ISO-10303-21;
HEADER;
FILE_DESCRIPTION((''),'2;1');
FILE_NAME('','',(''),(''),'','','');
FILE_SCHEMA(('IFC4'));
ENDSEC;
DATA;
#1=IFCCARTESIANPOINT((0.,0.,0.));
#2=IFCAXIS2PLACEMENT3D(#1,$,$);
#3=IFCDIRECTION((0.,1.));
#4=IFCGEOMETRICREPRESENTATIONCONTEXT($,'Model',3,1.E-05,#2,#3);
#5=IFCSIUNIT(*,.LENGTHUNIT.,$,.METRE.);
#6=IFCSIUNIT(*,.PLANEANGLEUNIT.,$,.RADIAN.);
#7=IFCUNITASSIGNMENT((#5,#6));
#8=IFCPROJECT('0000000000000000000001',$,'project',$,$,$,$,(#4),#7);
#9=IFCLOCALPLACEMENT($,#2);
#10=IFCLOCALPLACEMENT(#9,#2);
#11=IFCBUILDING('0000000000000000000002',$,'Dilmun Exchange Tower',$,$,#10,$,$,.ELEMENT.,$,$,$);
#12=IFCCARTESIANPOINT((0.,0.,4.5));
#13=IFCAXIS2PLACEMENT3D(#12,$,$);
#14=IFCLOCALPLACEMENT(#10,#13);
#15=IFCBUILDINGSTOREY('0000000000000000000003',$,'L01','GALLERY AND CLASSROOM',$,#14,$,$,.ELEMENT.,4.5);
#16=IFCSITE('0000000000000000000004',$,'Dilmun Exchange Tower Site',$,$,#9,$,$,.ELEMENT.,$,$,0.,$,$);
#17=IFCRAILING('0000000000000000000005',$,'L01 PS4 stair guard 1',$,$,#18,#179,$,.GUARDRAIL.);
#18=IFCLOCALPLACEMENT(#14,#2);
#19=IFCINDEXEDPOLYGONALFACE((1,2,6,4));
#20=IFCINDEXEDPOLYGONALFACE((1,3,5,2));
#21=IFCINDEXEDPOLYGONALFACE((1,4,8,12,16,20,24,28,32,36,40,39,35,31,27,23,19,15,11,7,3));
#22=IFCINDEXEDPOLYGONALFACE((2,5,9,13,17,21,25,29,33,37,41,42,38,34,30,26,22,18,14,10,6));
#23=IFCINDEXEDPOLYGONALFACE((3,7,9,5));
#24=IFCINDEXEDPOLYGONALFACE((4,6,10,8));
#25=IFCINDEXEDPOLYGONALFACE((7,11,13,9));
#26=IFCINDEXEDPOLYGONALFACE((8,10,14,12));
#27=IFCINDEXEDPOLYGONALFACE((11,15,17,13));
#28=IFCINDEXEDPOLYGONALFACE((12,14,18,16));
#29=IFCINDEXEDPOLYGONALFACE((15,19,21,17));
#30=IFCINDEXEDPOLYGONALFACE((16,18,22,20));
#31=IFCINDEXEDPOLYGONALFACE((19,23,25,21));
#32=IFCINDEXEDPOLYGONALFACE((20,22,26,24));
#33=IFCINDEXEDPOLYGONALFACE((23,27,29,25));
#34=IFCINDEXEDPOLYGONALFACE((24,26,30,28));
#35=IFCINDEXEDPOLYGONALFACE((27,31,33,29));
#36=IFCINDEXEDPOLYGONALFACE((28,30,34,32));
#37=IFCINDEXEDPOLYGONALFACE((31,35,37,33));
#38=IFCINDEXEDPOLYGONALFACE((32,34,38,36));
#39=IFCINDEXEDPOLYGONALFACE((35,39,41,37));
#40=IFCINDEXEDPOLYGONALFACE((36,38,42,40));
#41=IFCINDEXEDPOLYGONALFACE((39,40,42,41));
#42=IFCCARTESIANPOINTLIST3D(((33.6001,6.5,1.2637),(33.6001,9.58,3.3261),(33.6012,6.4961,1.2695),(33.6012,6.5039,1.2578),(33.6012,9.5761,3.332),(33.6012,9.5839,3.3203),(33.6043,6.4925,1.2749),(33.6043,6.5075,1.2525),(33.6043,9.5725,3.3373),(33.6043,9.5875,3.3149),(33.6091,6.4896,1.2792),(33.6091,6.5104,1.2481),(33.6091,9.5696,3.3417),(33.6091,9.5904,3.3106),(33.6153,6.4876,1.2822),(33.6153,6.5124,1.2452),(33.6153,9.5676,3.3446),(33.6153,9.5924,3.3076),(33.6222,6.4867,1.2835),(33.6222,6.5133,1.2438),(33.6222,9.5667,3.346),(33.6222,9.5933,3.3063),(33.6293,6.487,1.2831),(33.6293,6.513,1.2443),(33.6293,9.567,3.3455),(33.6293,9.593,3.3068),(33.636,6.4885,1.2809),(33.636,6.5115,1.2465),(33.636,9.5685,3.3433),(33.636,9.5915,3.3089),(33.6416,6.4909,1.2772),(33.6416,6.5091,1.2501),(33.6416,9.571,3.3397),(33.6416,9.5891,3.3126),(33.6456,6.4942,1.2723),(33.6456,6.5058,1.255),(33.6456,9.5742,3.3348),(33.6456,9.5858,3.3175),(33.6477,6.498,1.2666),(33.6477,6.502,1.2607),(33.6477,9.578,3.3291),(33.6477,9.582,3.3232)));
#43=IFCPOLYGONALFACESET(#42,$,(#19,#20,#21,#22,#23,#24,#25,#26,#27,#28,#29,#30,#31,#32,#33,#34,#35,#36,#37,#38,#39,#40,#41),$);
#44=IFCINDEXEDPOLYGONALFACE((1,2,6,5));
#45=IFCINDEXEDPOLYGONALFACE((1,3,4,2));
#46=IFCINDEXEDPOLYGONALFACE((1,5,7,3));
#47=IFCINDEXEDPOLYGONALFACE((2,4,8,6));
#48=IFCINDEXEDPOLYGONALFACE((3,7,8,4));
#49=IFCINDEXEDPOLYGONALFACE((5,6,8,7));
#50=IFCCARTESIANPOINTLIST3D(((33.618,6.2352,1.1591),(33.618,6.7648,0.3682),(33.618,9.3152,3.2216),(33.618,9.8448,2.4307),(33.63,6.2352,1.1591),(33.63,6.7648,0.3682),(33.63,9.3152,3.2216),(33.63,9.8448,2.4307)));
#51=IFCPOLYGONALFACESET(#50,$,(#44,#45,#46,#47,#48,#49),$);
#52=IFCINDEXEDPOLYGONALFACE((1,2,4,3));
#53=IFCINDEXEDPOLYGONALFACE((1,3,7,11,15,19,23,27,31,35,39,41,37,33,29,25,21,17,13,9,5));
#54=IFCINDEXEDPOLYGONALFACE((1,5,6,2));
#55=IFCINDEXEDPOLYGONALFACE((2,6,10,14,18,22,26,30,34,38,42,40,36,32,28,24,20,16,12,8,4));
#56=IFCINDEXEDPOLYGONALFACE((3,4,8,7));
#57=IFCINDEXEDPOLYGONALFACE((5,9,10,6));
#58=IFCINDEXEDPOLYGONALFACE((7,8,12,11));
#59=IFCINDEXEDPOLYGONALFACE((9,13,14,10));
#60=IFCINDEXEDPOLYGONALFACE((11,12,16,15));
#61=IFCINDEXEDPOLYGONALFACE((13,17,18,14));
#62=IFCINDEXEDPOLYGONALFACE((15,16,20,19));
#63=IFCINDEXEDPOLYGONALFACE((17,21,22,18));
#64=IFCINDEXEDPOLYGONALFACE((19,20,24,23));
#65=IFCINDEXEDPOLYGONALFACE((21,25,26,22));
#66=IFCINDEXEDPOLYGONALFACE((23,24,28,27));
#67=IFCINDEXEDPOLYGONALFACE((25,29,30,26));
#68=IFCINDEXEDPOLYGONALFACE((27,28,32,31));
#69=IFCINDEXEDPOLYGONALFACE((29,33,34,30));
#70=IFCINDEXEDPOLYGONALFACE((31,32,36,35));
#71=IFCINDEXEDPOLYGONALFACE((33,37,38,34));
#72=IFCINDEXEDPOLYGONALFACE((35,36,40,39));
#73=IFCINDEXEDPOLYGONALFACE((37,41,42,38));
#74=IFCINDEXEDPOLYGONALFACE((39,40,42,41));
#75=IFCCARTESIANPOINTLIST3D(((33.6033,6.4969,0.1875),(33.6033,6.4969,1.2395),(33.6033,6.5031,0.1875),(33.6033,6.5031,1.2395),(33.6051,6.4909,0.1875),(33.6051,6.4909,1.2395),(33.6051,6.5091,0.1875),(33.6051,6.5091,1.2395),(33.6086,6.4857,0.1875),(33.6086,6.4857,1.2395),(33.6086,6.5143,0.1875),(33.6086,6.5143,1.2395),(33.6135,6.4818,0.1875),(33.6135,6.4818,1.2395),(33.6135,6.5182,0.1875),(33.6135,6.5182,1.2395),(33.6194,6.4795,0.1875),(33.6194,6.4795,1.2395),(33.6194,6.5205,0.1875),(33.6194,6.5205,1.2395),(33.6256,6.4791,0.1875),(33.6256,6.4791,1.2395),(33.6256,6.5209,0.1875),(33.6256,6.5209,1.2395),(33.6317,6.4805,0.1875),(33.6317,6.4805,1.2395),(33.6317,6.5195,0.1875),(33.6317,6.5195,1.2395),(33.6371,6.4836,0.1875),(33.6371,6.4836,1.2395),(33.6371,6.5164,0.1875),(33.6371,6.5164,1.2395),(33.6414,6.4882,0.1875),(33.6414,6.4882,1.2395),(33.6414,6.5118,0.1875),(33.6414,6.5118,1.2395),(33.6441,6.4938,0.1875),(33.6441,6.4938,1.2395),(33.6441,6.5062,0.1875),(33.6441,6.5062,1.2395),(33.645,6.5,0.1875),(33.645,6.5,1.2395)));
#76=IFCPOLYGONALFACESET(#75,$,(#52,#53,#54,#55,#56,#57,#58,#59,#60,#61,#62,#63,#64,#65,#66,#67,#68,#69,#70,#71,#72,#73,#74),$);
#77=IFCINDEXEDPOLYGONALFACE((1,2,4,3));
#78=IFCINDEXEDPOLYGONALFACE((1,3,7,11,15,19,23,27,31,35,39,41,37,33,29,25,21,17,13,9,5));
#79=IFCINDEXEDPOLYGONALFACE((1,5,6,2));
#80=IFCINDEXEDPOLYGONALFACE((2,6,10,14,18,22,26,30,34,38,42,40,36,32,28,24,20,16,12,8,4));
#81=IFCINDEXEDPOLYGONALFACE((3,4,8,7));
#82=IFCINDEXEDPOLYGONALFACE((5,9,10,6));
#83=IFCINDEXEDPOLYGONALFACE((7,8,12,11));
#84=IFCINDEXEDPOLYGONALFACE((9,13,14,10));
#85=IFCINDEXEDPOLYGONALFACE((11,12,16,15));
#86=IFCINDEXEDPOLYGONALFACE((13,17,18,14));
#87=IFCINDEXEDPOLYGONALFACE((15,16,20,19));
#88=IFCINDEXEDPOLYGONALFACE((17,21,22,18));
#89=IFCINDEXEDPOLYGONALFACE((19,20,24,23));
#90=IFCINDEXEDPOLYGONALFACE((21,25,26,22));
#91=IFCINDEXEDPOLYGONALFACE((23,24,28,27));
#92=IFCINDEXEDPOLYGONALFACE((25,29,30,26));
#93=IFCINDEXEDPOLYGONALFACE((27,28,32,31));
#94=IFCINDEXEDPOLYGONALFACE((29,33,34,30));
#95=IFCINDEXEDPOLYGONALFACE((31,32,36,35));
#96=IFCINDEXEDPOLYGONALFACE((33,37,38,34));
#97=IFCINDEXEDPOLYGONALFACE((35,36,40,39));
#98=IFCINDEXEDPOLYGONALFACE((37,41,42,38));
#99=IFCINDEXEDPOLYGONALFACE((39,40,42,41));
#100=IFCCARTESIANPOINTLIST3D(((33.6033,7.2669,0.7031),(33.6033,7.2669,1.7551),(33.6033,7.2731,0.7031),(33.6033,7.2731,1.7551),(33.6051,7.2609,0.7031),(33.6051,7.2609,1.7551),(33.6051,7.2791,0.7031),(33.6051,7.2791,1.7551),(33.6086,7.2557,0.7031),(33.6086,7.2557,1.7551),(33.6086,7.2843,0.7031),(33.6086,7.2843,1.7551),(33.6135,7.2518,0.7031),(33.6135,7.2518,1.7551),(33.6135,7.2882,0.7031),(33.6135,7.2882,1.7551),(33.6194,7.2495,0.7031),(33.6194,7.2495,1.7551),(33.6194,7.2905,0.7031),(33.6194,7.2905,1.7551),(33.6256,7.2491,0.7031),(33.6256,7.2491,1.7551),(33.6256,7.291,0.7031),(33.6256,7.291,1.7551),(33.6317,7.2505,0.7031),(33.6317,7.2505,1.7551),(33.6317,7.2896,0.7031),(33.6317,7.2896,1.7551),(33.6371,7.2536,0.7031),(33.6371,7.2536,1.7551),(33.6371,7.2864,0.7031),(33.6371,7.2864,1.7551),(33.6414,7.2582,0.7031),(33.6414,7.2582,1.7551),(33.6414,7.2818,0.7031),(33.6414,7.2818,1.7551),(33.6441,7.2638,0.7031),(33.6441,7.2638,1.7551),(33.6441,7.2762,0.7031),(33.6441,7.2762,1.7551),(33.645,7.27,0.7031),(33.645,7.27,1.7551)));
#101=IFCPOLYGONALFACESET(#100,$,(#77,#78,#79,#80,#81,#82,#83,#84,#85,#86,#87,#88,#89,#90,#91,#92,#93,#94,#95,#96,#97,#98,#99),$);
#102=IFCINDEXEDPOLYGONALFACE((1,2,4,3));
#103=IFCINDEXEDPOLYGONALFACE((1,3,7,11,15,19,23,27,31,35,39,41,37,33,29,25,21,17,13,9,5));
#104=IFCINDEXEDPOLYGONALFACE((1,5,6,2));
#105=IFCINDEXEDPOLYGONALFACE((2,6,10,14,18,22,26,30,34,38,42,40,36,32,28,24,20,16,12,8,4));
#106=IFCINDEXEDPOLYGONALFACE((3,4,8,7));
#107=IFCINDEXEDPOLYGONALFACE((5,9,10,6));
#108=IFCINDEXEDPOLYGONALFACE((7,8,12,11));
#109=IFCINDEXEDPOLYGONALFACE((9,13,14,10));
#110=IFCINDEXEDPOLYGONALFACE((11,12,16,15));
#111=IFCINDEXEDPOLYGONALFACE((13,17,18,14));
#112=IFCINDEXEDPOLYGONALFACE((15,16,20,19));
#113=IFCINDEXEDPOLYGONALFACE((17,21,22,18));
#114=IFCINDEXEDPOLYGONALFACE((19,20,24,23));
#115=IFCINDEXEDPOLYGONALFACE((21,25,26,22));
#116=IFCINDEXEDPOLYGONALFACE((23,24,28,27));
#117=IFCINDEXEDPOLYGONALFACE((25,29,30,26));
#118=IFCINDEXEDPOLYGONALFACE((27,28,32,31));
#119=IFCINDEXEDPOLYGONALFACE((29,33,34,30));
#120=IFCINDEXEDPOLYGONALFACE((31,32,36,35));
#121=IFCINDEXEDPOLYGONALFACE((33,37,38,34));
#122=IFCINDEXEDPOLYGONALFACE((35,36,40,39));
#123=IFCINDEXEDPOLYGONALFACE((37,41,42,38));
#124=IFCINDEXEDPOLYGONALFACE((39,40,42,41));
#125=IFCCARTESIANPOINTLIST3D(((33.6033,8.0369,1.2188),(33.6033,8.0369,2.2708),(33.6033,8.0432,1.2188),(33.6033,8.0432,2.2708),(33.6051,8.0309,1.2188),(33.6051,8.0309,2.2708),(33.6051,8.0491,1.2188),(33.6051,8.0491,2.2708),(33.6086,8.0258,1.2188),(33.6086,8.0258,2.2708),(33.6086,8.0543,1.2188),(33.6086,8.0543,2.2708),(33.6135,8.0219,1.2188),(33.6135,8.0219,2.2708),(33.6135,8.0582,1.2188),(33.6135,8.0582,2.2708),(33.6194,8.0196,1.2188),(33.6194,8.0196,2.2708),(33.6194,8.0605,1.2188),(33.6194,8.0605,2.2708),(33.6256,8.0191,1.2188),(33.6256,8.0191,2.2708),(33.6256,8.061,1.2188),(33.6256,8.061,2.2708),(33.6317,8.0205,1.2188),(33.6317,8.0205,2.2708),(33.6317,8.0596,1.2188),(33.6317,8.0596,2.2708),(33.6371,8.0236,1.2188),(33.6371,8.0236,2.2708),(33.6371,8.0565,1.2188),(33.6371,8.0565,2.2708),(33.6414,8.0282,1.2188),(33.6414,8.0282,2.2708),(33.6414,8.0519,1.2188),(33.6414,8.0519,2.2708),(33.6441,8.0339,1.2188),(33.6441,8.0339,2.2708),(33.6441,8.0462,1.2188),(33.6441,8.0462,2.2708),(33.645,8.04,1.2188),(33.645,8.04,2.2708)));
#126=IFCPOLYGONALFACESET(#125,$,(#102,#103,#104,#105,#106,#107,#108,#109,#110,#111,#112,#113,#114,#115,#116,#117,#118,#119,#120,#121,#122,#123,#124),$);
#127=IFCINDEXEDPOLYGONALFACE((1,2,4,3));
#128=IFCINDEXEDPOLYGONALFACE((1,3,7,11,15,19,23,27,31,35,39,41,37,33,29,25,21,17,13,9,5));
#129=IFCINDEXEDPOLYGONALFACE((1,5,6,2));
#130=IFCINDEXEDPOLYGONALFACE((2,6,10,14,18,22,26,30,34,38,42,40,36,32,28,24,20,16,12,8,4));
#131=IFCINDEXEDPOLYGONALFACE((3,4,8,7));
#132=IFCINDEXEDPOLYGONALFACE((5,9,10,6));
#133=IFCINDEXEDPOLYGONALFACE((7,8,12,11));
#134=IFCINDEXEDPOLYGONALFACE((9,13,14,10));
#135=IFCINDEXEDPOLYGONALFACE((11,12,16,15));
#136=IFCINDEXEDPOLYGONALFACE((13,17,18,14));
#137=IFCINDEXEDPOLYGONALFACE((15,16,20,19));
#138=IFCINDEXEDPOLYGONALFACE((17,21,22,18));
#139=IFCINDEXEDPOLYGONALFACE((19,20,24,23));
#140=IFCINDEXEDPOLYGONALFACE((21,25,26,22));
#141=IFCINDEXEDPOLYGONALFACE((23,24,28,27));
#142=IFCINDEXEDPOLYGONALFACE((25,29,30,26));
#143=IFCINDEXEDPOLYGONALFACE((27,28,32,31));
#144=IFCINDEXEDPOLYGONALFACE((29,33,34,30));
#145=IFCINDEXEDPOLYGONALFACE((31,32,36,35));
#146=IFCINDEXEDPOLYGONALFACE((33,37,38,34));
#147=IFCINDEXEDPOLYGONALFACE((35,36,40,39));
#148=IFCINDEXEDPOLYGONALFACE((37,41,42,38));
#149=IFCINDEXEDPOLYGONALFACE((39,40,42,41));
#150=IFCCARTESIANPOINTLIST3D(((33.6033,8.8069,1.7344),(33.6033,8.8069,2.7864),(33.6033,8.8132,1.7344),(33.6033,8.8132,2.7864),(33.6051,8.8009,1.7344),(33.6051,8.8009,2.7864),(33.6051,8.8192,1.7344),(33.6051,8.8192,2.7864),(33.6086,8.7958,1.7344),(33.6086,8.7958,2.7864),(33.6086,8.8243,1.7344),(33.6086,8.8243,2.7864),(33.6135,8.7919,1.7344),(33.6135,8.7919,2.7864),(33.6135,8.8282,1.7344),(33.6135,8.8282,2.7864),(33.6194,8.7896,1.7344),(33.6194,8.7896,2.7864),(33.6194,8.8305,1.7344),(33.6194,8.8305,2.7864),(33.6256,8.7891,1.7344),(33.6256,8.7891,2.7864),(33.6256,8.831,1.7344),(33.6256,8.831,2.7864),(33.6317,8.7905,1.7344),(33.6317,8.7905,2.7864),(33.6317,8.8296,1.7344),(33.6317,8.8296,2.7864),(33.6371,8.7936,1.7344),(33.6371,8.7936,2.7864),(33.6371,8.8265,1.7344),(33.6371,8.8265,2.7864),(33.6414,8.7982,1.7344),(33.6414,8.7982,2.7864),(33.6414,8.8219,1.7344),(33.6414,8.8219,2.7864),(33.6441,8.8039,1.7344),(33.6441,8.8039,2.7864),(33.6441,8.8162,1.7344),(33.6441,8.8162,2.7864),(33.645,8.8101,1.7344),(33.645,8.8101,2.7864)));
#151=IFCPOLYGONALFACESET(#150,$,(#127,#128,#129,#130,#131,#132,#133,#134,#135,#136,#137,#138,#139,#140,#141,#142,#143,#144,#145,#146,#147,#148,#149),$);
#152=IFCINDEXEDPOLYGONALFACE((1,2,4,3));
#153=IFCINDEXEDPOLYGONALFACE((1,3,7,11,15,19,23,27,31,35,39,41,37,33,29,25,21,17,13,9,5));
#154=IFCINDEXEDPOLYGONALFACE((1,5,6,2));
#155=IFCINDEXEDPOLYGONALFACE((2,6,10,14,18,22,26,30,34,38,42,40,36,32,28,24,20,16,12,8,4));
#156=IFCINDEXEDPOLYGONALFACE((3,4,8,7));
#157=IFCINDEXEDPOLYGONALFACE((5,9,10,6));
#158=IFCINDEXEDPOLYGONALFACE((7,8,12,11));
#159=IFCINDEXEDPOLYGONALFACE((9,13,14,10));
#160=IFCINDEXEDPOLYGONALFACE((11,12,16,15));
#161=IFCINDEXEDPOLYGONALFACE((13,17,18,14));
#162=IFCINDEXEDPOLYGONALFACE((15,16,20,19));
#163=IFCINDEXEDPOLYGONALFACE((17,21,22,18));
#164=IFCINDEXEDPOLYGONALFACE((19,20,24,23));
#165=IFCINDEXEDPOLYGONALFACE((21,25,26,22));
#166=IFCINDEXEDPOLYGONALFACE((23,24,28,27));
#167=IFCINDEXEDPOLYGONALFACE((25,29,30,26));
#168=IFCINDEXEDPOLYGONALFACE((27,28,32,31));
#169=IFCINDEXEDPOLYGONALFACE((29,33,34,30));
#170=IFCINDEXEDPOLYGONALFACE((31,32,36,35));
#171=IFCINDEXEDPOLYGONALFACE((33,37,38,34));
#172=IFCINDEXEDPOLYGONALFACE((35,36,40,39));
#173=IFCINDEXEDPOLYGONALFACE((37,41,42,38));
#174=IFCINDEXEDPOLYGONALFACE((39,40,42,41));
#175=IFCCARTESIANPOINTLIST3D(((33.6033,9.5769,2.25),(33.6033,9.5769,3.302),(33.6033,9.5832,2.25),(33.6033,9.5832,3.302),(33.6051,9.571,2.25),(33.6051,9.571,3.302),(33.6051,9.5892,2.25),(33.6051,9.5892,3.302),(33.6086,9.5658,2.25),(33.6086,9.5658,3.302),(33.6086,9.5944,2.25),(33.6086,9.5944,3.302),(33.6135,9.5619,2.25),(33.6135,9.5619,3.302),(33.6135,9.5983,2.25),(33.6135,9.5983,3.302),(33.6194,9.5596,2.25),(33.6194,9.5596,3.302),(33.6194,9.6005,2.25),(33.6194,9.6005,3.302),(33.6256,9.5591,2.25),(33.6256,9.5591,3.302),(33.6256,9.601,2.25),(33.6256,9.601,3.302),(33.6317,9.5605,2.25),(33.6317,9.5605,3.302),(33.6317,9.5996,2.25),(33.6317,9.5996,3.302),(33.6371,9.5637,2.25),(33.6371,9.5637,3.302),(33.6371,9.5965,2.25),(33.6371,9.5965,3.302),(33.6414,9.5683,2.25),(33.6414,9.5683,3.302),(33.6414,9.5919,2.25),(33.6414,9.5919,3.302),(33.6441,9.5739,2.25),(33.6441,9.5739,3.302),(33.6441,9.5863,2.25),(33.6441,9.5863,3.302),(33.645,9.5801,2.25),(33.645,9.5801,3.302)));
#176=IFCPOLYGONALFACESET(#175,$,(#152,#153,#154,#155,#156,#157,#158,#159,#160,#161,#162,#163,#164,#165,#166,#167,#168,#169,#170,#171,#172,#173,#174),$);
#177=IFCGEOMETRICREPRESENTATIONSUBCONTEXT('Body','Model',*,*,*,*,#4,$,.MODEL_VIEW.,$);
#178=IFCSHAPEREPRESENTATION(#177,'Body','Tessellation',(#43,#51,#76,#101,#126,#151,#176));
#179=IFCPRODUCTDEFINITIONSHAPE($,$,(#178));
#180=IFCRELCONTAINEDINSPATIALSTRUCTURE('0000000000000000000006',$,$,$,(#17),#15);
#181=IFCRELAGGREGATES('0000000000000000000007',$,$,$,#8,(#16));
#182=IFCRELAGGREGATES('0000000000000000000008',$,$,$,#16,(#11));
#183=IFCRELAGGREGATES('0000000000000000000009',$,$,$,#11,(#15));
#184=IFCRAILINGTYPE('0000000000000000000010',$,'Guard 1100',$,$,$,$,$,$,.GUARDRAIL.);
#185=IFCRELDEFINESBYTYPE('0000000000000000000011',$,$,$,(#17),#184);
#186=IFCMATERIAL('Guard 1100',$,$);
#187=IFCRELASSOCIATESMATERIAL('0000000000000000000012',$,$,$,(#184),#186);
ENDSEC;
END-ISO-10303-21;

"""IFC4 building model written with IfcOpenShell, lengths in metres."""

from ifc_helpers import new_model, si_unit, direction, frame, origin, origin_2d, place, context, subcontext, project, spatial, rectangle, circle, extrude, material, type_object, element, save


model = new_model("IFC4")

# Units and contexts
model_context = context("Model", 3, precision=1e-05, world=origin(), true_north=direction((0.0, 1.0)))
body_context = subcontext(model_context, "Body", "Model", "MODEL_VIEW")
ifc_project = project(units=[si_unit("LENGTHUNIT", "METRE"), si_unit("PLANEANGLEUNIT", "RADIAN")], contexts=[model_context])

# Site, building, storey
site_placement = place(None, origin())
site = spatial("IfcSite", under=ifc_project, at=site_placement, Name="Dilmun Exchange Tower Site", CompositionType="ELEMENT", RefElevation=0.0)
building_placement = place(site_placement, origin())
building = spatial("IfcBuilding", under=site, at=building_placement, Name="Dilmun Exchange Tower", CompositionType="ELEMENT")
storey_placement = place(building_placement, frame((0.0, 0.0, 4.5)))
storey = spatial("IfcBuildingStorey", under=building, at=storey_placement, Name="L01", Description="GALLERY AND CLASSROOM", CompositionType="ELEMENT", Elevation=4.5)

# Railing
ifc_material_1 = material(Name="Guard 1100")
railing_type_1 = type_object("IfcRailingType", Name="Guard 1100", PredefinedType="GUARDRAIL", material=ifc_material_1)
railing_1_placement = place(storey_placement, frame((33.624, 6.5, 0.1875)))
element("IfcRailing", 1, at=railing_1_placement, inside=storey, type_object=railing_type_1, Name="L01 PS4 stair guard 1", PredefinedType="GUARDRAIL", context=body_context, shape_type="SweptSolid", body=[
    extrude(circle(Radius=0.0239, at=origin_2d()), frame((0.0, 0.0, 1.0762), z_axis=(0.0, 0.830914, 0.556401), x_axis=(-1.0, 0.0, 0.0)), (0.0, 0.0, 1.0), 3.7068),
    extrude(rectangle(XDim=0.012, YDim=0.9519, at=origin_2d()), frame((0.0, 0.0, 0.5762), z_axis=(0.0, 0.830914, 0.556401), x_axis=(-1.0, 0.0, 0.0)), (0.0, 0.0, 1.0), 3.7068),
    extrude(circle(Radius=0.021, at=origin_2d()), origin(), (0.0, 0.0, 1.0), 1.052),
    extrude(circle(Radius=0.021, at=origin_2d()), frame((0.0, 0.77, 0.5156)), (0.0, 0.0, 1.0), 1.052),
    extrude(circle(Radius=0.021, at=origin_2d()), frame((0.0, 1.54, 1.0312)), (0.0, 0.0, 1.0), 1.052),
    extrude(circle(Radius=0.021, at=origin_2d()), frame((0.0, 2.3101, 1.5469)), (0.0, 0.0, 1.0), 1.052),
    extrude(circle(Radius=0.021, at=origin_2d()), frame((0.0, 3.0801, 2.0625)), (0.0, 0.0, 1.0), 1.052),
])

save(model, "model.ifc")
